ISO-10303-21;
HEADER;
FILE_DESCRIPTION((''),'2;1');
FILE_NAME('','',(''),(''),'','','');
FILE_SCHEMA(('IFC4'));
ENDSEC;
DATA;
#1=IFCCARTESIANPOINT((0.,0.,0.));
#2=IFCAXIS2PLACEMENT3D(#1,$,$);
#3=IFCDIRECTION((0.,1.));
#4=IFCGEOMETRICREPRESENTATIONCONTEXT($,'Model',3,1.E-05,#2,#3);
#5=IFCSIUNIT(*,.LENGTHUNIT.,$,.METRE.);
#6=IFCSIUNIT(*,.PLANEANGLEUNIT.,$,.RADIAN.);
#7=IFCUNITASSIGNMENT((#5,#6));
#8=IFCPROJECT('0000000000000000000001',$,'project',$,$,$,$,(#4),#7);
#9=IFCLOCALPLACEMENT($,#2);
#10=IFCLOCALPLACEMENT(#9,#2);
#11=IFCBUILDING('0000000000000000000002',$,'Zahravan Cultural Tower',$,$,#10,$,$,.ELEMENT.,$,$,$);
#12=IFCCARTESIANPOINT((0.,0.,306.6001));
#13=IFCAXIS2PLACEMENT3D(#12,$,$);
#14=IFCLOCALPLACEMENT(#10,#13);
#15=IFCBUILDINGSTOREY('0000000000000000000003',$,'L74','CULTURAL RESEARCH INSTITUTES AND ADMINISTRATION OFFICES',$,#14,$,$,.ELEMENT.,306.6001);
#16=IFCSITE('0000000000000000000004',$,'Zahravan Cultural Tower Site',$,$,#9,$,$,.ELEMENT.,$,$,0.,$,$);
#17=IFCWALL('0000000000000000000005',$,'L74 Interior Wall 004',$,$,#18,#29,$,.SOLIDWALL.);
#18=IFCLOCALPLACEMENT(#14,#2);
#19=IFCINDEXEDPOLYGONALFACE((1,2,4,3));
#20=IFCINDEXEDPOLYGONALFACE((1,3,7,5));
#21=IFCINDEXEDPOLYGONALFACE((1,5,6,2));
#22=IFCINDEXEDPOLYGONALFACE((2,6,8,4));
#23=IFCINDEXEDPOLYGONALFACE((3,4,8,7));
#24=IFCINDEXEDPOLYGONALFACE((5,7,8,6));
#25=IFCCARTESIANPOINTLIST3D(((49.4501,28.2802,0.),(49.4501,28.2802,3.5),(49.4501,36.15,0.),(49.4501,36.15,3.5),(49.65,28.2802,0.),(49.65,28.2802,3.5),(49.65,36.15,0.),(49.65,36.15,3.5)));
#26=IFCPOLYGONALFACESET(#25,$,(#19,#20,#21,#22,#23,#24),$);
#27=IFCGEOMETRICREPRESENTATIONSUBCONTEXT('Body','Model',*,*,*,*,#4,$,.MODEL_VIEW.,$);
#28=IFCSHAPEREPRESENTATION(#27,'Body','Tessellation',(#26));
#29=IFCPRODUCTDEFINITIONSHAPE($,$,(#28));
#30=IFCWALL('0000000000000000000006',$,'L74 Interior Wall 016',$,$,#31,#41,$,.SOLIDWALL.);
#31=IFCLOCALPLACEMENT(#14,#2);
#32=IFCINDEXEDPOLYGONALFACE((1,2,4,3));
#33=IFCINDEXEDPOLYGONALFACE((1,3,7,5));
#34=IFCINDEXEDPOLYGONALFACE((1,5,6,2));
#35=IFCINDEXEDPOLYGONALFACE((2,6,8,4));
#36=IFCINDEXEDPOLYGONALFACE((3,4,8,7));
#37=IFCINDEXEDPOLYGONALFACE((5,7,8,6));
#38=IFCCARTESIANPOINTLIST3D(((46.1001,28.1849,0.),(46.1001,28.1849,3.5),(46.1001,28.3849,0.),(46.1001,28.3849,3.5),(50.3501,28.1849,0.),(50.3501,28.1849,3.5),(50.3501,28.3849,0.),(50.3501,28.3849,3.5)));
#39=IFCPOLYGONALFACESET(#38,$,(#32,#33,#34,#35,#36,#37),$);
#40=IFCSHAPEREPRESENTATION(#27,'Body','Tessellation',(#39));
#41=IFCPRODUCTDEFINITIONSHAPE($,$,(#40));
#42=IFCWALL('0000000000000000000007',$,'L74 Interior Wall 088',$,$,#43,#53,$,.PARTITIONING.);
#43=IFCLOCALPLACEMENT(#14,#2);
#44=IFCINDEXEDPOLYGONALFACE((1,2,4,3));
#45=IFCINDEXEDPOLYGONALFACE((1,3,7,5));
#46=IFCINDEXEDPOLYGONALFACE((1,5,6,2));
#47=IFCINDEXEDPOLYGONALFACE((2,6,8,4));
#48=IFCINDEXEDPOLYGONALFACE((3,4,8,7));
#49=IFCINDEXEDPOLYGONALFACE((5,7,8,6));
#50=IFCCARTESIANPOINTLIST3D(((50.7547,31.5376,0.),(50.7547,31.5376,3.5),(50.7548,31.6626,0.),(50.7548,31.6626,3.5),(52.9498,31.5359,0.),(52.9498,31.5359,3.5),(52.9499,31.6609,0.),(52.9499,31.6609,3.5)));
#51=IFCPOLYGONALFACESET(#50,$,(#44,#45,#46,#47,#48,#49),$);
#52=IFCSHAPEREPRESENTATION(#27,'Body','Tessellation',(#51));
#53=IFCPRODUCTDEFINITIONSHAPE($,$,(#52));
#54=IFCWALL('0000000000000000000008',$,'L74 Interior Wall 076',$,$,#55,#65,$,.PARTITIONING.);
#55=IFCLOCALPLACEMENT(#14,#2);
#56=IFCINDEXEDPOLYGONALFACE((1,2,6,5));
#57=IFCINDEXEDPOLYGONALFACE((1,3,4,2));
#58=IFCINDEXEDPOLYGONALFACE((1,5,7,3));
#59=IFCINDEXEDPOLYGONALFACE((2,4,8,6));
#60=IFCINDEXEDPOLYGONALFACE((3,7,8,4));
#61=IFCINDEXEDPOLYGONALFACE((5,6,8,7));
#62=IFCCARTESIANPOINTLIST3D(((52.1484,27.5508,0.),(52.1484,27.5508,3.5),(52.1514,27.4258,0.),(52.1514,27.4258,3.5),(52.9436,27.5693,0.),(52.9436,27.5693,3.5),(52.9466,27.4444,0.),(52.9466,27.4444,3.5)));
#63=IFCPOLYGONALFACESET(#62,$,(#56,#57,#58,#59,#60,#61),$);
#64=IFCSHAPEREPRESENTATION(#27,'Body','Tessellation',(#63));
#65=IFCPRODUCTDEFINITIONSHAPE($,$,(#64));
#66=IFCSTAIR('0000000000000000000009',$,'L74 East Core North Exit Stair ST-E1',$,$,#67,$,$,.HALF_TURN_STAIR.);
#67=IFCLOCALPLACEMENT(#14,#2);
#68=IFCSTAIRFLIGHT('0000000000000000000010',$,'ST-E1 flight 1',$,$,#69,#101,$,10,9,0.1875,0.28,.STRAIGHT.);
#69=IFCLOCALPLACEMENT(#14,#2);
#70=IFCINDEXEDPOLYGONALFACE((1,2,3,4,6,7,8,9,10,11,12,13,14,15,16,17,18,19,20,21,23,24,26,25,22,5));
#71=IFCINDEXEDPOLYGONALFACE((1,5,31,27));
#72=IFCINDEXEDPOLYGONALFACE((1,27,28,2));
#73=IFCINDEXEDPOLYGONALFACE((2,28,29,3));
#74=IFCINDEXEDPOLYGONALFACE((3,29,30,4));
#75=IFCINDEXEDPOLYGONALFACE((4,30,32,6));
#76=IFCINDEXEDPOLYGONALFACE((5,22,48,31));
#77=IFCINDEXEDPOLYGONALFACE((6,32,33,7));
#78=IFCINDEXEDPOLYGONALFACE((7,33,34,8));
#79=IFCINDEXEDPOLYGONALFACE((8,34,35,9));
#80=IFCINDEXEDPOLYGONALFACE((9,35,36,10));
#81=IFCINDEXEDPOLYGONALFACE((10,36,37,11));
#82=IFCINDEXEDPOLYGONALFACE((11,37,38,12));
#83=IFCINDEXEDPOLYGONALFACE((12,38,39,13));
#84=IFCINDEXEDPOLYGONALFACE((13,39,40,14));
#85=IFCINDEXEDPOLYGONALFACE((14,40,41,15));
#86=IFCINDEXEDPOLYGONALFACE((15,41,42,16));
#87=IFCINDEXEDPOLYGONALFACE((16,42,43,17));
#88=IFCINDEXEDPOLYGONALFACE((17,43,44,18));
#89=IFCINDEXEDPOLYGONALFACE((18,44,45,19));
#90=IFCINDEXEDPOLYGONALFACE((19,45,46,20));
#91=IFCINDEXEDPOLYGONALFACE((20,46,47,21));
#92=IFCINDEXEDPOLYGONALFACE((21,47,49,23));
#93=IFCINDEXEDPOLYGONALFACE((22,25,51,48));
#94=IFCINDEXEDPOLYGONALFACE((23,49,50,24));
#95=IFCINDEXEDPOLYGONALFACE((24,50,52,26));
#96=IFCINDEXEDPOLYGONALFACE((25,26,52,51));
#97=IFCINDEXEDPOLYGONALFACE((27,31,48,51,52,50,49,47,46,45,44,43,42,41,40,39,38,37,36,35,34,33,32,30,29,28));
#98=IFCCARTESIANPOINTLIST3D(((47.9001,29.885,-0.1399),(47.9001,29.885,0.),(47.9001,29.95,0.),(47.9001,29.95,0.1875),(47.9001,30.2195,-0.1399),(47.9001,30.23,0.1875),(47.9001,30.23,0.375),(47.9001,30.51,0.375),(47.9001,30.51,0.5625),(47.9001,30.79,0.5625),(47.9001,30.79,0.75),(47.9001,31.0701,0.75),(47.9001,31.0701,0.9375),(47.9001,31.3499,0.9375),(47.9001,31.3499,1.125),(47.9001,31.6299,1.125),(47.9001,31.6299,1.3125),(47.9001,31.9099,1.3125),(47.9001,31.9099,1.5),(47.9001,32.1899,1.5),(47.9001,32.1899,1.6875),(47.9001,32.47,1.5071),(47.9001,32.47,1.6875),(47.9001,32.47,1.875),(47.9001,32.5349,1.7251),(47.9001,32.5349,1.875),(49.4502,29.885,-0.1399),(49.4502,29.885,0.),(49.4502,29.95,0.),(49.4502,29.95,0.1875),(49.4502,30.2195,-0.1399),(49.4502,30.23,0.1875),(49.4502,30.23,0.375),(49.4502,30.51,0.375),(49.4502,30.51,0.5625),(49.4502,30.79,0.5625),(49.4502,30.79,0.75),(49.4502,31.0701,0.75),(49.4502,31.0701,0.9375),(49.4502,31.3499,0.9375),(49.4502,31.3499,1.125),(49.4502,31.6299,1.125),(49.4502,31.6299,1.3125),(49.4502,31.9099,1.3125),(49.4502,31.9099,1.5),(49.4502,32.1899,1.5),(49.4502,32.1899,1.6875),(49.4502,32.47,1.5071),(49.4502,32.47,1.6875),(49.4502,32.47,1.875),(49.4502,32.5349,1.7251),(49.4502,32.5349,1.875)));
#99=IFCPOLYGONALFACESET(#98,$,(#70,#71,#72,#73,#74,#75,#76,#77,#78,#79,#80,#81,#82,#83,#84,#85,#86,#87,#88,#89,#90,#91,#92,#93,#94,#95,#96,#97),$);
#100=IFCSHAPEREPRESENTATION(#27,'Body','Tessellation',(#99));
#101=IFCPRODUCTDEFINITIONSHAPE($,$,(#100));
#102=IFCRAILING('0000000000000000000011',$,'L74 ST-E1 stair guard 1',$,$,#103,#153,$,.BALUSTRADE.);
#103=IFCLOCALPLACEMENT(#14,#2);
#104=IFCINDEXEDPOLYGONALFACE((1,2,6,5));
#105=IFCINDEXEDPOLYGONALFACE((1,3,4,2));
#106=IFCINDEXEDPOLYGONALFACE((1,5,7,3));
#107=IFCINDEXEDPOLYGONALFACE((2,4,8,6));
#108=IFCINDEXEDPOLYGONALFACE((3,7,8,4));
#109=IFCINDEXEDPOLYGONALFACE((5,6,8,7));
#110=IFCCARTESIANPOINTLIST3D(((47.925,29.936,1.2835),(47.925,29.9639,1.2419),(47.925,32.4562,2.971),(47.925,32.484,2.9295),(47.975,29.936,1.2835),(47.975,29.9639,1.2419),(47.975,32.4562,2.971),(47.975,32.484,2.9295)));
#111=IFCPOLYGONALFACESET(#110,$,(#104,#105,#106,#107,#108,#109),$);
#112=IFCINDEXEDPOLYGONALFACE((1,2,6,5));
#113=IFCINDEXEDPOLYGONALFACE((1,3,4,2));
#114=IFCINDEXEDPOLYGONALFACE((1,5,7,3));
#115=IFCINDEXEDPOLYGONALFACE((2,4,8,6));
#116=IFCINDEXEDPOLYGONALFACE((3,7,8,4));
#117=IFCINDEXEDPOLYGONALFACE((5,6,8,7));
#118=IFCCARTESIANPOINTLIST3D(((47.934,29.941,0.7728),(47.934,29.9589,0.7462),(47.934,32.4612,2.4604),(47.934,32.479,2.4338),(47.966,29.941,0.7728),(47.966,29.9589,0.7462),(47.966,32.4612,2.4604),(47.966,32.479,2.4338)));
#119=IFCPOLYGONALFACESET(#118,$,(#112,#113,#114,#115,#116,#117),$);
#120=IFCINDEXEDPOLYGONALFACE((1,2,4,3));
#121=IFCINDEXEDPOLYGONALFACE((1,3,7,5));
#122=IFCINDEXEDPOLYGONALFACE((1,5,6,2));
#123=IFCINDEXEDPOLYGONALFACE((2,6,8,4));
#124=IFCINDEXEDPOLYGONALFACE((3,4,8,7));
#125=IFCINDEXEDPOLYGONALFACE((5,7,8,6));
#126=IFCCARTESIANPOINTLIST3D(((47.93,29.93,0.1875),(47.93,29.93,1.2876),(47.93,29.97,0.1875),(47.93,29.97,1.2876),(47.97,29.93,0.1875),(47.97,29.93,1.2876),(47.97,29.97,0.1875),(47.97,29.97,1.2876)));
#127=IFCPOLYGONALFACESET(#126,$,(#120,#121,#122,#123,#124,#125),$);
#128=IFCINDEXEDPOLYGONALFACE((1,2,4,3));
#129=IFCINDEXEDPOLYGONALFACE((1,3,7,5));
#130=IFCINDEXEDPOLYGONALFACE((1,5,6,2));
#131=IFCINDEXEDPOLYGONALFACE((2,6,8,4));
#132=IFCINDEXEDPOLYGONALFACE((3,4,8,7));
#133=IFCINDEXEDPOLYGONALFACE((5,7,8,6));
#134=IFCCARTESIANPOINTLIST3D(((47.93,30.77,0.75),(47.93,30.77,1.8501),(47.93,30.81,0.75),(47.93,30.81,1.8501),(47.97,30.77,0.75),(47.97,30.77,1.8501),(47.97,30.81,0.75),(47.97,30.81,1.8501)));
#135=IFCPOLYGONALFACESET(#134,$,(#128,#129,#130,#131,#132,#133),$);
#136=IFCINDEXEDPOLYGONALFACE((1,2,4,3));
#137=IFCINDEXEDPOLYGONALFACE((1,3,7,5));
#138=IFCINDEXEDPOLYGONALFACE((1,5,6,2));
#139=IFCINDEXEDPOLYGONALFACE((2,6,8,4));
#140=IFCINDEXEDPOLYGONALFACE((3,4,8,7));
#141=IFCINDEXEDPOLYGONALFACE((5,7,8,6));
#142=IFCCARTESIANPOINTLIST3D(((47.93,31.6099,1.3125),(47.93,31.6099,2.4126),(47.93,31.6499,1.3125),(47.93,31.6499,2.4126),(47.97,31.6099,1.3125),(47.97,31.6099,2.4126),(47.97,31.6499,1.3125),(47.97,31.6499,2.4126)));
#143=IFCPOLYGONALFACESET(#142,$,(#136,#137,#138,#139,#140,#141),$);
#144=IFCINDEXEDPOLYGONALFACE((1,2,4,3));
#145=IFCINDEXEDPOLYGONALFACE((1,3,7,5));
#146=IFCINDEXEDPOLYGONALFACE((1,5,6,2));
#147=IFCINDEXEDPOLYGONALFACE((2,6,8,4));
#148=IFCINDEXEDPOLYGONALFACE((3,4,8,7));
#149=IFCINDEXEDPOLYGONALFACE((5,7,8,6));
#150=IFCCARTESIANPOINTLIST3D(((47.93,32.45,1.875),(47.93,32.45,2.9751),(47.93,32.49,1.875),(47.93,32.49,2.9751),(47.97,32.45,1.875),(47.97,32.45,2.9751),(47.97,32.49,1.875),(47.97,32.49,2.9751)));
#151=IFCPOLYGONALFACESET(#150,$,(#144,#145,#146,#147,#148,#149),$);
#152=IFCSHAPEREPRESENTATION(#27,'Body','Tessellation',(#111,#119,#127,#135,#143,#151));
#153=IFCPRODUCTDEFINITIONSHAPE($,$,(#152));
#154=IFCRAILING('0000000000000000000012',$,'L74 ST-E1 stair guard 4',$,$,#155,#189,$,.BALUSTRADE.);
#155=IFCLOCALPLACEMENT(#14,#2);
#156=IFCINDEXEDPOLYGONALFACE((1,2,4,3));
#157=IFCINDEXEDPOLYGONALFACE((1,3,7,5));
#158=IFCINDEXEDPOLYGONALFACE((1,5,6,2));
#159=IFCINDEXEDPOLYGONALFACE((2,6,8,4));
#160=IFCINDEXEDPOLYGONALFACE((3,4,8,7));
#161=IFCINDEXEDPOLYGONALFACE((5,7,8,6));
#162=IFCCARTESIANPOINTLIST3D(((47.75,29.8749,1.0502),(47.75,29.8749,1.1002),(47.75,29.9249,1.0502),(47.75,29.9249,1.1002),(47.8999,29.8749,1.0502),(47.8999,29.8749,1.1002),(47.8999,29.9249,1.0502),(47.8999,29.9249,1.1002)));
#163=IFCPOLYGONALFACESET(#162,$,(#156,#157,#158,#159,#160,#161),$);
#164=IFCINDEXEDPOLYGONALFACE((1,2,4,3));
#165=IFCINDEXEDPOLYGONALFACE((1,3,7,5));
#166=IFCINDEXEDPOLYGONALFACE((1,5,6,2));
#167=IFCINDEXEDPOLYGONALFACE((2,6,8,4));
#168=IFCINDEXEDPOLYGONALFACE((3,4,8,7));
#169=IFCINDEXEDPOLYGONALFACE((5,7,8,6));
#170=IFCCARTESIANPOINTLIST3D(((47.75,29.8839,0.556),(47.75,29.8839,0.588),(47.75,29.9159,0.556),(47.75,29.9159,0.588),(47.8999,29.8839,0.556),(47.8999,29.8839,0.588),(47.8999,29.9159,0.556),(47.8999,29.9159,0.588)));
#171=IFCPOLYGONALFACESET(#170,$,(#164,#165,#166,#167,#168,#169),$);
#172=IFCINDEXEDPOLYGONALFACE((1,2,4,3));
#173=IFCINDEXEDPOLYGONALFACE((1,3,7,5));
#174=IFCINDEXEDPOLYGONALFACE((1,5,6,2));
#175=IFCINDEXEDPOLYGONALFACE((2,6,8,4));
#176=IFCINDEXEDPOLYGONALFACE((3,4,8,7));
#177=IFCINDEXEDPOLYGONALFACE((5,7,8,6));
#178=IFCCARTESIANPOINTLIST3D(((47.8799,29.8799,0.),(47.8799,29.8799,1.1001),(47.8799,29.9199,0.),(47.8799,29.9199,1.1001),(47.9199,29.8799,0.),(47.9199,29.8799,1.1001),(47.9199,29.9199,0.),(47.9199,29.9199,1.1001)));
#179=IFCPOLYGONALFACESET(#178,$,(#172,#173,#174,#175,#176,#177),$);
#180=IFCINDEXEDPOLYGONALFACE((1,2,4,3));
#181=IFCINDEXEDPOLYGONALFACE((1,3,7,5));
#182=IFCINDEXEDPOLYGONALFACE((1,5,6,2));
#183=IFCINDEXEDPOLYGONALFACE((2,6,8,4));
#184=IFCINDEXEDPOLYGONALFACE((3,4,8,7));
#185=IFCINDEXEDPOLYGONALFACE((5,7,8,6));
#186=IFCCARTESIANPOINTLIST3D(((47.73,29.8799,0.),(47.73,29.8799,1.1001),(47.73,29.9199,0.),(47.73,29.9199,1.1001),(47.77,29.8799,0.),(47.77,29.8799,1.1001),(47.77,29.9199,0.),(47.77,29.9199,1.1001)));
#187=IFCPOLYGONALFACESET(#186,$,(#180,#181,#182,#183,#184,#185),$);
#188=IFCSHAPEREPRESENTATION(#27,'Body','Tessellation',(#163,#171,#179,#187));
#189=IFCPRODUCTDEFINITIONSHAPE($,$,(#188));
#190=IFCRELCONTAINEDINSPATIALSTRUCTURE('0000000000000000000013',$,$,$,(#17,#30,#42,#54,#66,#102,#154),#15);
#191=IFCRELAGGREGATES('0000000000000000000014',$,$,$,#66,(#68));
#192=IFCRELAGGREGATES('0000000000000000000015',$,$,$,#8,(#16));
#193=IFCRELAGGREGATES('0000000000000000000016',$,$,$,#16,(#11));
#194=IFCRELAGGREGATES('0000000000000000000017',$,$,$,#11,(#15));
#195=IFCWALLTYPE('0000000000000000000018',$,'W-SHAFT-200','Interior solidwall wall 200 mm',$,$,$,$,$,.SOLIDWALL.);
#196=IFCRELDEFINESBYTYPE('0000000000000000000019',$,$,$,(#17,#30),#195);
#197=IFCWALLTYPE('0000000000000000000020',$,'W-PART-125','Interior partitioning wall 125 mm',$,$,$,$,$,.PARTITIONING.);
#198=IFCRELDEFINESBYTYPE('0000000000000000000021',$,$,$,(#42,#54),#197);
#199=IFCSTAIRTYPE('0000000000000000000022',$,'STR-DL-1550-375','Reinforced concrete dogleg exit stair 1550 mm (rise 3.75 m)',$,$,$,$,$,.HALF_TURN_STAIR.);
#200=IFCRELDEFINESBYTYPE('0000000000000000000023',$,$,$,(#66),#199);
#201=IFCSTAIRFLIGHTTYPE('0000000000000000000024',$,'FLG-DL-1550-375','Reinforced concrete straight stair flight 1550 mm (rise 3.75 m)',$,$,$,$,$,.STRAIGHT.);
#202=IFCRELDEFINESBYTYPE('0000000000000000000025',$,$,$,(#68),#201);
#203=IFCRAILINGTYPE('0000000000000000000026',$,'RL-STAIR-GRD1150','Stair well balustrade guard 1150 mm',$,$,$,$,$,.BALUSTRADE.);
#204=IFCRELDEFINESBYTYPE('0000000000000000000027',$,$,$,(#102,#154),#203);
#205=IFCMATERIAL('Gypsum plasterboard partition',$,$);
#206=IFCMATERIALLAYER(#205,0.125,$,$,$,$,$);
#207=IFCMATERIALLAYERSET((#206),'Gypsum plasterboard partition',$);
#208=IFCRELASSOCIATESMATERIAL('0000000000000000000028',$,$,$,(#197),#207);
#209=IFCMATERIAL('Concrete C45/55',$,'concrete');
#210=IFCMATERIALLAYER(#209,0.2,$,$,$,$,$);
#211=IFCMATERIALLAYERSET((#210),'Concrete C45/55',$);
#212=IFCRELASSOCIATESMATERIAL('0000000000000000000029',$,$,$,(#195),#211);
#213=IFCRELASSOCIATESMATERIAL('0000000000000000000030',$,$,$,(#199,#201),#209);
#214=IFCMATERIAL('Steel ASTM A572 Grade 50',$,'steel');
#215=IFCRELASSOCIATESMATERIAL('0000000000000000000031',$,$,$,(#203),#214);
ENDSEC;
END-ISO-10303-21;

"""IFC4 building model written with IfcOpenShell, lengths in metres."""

from ifc_helpers import new_model, si_unit, direction, frame, frame_2d, origin, origin_2d, place, context, subcontext, project, spatial, polyline, rectangle, outline, extrude, source, transform, mapped, material, layer, layer_set, type_object, element, aggregate, save


model = new_model("IFC4")

# Units and contexts
model_context = context("Model", 3, precision=1e-05, world=origin(), true_north=direction((0.0, 1.0)))
body_context = subcontext(model_context, "Body", "Model", "MODEL_VIEW")
ifc_project = project(units=[si_unit("LENGTHUNIT", "METRE"), si_unit("PLANEANGLEUNIT", "RADIAN")], contexts=[model_context])

# Site, building, storey
site_placement = place(None, origin())
site = spatial("IfcSite", under=ifc_project, at=site_placement, Name="Zahravan Cultural Tower Site", CompositionType="ELEMENT", RefElevation=0.0)
building_placement = place(site_placement, origin())
building = spatial("IfcBuilding", under=site, at=building_placement, Name="Zahravan Cultural Tower", CompositionType="ELEMENT")
storey_placement = place(building_placement, frame((0.0, 0.0, 306.6001)))
storey = spatial("IfcBuildingStorey", under=building, at=storey_placement, Name="L74", Description="CULTURAL RESEARCH INSTITUTES AND ADMINISTRATION OFFICES", CompositionType="ELEMENT", Elevation=306.6001)

# Shared definitions
ifc_material_1 = material(Name="Gypsum plasterboard partition")
ifc_layer_1 = layer(ifc_material_1, 0.125)
ifc_layer_set_1 = layer_set([ifc_layer_1], Name="Gypsum plasterboard partition")
wall_type_1 = type_object("IfcWallType", Name="W-PART-125", Description="Interior partitioning wall 125 mm", PredefinedType="PARTITIONING", material=ifc_layer_set_1)
ifc_material_2 = material(Name="Concrete C45/55", Category="concrete")
ifc_layer_2 = layer(ifc_material_2, 0.2)
ifc_layer_set_2 = layer_set([ifc_layer_2], Name="Concrete C45/55")
wall_type_2 = type_object("IfcWallType", Name="W-SHAFT-200", Description="Interior solidwall wall 200 mm", PredefinedType="SOLIDWALL", material=ifc_layer_set_2)
ifc_material_3 = material(Name="Steel ASTM A572 Grade 50", Category="steel")

# Walls
shared_shape_1 = source(origin(), body_context, "Body", "SweptSolid", [
    extrude(rectangle(XDim=7.8699, YDim=0.2, at=frame_2d((3.9351, 0.0))), origin(), (0.0, 0.0, 1.0), 3.5),
])
wall_1_placement = place(storey_placement, frame((49.55, 28.28, 0.0), z_axis=(0.0, 0.0, 1.0), x_axis=(0.0, 1.0, 0.0)))
element("IfcWall", 1, at=wall_1_placement, inside=storey, type_object=wall_type_2, Name="L74 Interior Wall 004", PredefinedType="SOLIDWALL", context=body_context, shape_type="MappedRepresentation", body=[
    mapped(shared_shape_1, transform((0.0, 0.0, 0.0), x_axis=(1.0, 0.0, 0.0), y_axis=(0.0, 1.0, 0.0), z_axis=(0.0, 0.0, 1.0), scale=1.0)),
])
shared_shape_2 = source(origin(), body_context, "Body", "SweptSolid", [
    extrude(rectangle(XDim=4.25, YDim=0.2, at=frame_2d((2.125, 0.0))), origin(), (0.0, 0.0, 1.0), 3.5),
])
wall_2_placement = place(storey_placement, frame((46.1001, 28.2849, 0.0), z_axis=(0.0, 0.0, 1.0), x_axis=(1.0, 0.0, 0.0)))
element("IfcWall", 2, at=wall_2_placement, inside=storey, type_object=wall_type_2, Name="L74 Interior Wall 016", PredefinedType="SOLIDWALL", context=body_context, shape_type="MappedRepresentation", body=[
    mapped(shared_shape_2, transform((0.0, 0.0, 0.0), x_axis=(1.0, 0.0, 0.0), y_axis=(0.0, 1.0, 0.0), z_axis=(0.0, 0.0, 1.0), scale=1.0)),
])
shared_shape_3 = source(origin(), body_context, "Body", "SweptSolid", [
    extrude(rectangle(XDim=2.1951, YDim=0.125, at=frame_2d((1.0977, 0.0))), origin(), (0.0, 0.0, 1.0), 3.5),
])
wall_3_placement = place(storey_placement, frame((52.95, 31.5984, 0.0), z_axis=(0.0, 0.0, 1.0), x_axis=(-1.0, 0.000779, 0.0)))
element("IfcWall", 3, at=wall_3_placement, inside=storey, type_object=wall_type_1, Name="L74 Interior Wall 088", PredefinedType="PARTITIONING", context=body_context, shape_type="MappedRepresentation", body=[
    mapped(shared_shape_3, transform((0.0, 0.0, 0.0), x_axis=(1.0, 0.0, 0.0), y_axis=(0.0, 1.0, 0.0), z_axis=(0.0, 0.0, 1.0), scale=1.0)),
])
shared_shape_4 = source(origin(), body_context, "Body", "SweptSolid", [
    extrude(rectangle(XDim=0.7954, YDim=0.125, at=frame_2d((0.3977, 0.0))), origin(), (0.0, 0.0, 1.0), 3.5),
])
wall_4_placement = place(storey_placement, frame((52.1499, 27.4883, 0.0), z_axis=(0.0, 0.0, 1.0), x_axis=(0.999728, 0.023328, 0.0)))
element("IfcWall", 4, at=wall_4_placement, inside=storey, type_object=wall_type_1, Name="L74 Interior Wall 076", PredefinedType="PARTITIONING", context=body_context, shape_type="MappedRepresentation", body=[
    mapped(shared_shape_4, transform((0.0, 0.0, 0.0), x_axis=(1.0, 0.0, 0.0), y_axis=(0.0, 1.0, 0.0), z_axis=(0.0, 0.0, 1.0), scale=1.0)),
])

# Stair, stair flight
stair_type = type_object("IfcStairType", Name="STR-DL-1550-375", Description="Reinforced concrete dogleg exit stair 1550 mm (rise 3.75 m)", PredefinedType="HALF_TURN_STAIR", material=ifc_material_2)
stair_placement = place(storey_placement, origin())
stair = element("IfcStair", 5, at=stair_placement, inside=storey, type_object=stair_type, Name="L74 East Core North Exit Stair ST-E1", PredefinedType="HALF_TURN_STAIR")
stair_flight_type = type_object("IfcStairFlightType", Name="FLG-DL-1550-375", Description="Reinforced concrete straight stair flight 1550 mm (rise 3.75 m)", PredefinedType="STRAIGHT", material=ifc_material_2)
stair_flight_placement = place(storey_placement, frame((48.675, 29.95, 0.0), z_axis=(0.0, 0.0, 1.0), x_axis=(0.0, 1.0, 0.0)))
stair_flight = element("IfcStairFlight", 6, at=stair_flight_placement, type_object=stair_flight_type, Name="ST-E1 flight 1", NumberOfRisers=10, NumberOfTreads=9, PredefinedType="STRAIGHT", RiserHeight=0.1875, TreadLength=0.28, context=body_context, shape_type="SweptSolid", body=[
    extrude(outline(polyline([(-0.0649, -0.1399), (-0.0649, 0.0), (0.0, 0.0), (0.0, 0.1875), (0.28, 0.1875), (0.28, 0.375), (0.5601, 0.375), (0.5601, 0.5625), (0.8401, 0.5625), (0.8401, 0.75), (1.1201, 0.75), (1.1201, 0.9375), (1.3999, 0.9375), (1.3999, 1.125), (1.6799, 1.125), (1.6799, 1.3125), (1.96, 1.3125), (1.96, 1.5), (2.24, 1.5), (2.24, 1.6875), (2.52, 1.6875), (2.52, 1.875), (2.585, 1.875), (2.585, 1.7251), (2.52, 1.5071), (0.2695, -0.1399), (-0.0649, -0.1399)])), frame((0.0, 0.7749, 0.0), z_axis=(0.0, -1.0, 0.0), x_axis=(1.0, 0.0, 0.0)), (0.0, 0.0, 1.0), 1.55),
])
aggregate(stair, [stair_flight])

# Railings
railing_type_1 = type_object("IfcRailingType", Name="RL-STAIR-GRD1150", Description="Stair well balustrade guard 1150 mm", PredefinedType="BALUSTRADE", material=ifc_material_3)
railing_1_placement = place(storey_placement, frame((47.95, 29.95, 0.1875)))
element("IfcRailing", 7, at=railing_1_placement, inside=storey, type_object=railing_type_1, Name="L74 ST-E1 stair guard 1", PredefinedType="BALUSTRADE", context=body_context, shape_type="SweptSolid", body=[
    extrude(rectangle(XDim=0.05, YDim=0.05, at=origin_2d()), frame((0.0, 0.0, 1.0752), z_axis=(0.0, 0.830909, 0.556408), x_axis=(-1.0, 0.0, 0.0)), (0.0, 0.0, 1.0), 3.033),
    extrude(rectangle(XDim=0.032, YDim=0.032, at=origin_2d()), frame((0.0, 0.0, 0.572), z_axis=(0.0, 0.830909, 0.556408), x_axis=(-1.0, 0.0, 0.0)), (0.0, 0.0, 1.0), 3.033),
    extrude(rectangle(XDim=0.04, YDim=0.04, at=origin_2d()), origin(), (0.0, 0.0, 1.0), 1.1001),
    extrude(rectangle(XDim=0.04, YDim=0.04, at=origin_2d()), frame((0.0, 0.8401, 0.5625)), (0.0, 0.0, 1.0), 1.1001),
    extrude(rectangle(XDim=0.04, YDim=0.04, at=origin_2d()), frame((0.0, 1.6799, 1.125)), (0.0, 0.0, 1.0), 1.1001),
    extrude(rectangle(XDim=0.04, YDim=0.04, at=origin_2d()), frame((0.0, 2.52, 1.6875)), (0.0, 0.0, 1.0), 1.1001),
])
railing_2_placement = place(storey_placement, frame((47.8999, 29.8999, 0.0)))
element("IfcRailing", 8, at=railing_2_placement, inside=storey, type_object=railing_type_1, Name="L74 ST-E1 stair guard 4", PredefinedType="BALUSTRADE", context=body_context, shape_type="SweptSolid", body=[
    extrude(rectangle(XDim=0.05, YDim=0.05, at=origin_2d()), frame((0.0, 0.0, 1.0752), z_axis=(-1.0, 0.0, 0.0), x_axis=(0.0, -1.0, 0.0)), (0.0, 0.0, 1.0), 0.1499),
    extrude(rectangle(XDim=0.032, YDim=0.032, at=origin_2d()), frame((0.0, 0.0, 0.572), z_axis=(-1.0, 0.0, 0.0), x_axis=(0.0, -1.0, 0.0)), (0.0, 0.0, 1.0), 0.1499),
    extrude(rectangle(XDim=0.04, YDim=0.04, at=origin_2d()), origin(), (0.0, 0.0, 1.0), 1.1001),
    extrude(rectangle(XDim=0.04, YDim=0.04, at=origin_2d()), frame((-0.1499, 0.0, 0.0)), (0.0, 0.0, 1.0), 1.1001),
])

save(model, "model.ifc")
